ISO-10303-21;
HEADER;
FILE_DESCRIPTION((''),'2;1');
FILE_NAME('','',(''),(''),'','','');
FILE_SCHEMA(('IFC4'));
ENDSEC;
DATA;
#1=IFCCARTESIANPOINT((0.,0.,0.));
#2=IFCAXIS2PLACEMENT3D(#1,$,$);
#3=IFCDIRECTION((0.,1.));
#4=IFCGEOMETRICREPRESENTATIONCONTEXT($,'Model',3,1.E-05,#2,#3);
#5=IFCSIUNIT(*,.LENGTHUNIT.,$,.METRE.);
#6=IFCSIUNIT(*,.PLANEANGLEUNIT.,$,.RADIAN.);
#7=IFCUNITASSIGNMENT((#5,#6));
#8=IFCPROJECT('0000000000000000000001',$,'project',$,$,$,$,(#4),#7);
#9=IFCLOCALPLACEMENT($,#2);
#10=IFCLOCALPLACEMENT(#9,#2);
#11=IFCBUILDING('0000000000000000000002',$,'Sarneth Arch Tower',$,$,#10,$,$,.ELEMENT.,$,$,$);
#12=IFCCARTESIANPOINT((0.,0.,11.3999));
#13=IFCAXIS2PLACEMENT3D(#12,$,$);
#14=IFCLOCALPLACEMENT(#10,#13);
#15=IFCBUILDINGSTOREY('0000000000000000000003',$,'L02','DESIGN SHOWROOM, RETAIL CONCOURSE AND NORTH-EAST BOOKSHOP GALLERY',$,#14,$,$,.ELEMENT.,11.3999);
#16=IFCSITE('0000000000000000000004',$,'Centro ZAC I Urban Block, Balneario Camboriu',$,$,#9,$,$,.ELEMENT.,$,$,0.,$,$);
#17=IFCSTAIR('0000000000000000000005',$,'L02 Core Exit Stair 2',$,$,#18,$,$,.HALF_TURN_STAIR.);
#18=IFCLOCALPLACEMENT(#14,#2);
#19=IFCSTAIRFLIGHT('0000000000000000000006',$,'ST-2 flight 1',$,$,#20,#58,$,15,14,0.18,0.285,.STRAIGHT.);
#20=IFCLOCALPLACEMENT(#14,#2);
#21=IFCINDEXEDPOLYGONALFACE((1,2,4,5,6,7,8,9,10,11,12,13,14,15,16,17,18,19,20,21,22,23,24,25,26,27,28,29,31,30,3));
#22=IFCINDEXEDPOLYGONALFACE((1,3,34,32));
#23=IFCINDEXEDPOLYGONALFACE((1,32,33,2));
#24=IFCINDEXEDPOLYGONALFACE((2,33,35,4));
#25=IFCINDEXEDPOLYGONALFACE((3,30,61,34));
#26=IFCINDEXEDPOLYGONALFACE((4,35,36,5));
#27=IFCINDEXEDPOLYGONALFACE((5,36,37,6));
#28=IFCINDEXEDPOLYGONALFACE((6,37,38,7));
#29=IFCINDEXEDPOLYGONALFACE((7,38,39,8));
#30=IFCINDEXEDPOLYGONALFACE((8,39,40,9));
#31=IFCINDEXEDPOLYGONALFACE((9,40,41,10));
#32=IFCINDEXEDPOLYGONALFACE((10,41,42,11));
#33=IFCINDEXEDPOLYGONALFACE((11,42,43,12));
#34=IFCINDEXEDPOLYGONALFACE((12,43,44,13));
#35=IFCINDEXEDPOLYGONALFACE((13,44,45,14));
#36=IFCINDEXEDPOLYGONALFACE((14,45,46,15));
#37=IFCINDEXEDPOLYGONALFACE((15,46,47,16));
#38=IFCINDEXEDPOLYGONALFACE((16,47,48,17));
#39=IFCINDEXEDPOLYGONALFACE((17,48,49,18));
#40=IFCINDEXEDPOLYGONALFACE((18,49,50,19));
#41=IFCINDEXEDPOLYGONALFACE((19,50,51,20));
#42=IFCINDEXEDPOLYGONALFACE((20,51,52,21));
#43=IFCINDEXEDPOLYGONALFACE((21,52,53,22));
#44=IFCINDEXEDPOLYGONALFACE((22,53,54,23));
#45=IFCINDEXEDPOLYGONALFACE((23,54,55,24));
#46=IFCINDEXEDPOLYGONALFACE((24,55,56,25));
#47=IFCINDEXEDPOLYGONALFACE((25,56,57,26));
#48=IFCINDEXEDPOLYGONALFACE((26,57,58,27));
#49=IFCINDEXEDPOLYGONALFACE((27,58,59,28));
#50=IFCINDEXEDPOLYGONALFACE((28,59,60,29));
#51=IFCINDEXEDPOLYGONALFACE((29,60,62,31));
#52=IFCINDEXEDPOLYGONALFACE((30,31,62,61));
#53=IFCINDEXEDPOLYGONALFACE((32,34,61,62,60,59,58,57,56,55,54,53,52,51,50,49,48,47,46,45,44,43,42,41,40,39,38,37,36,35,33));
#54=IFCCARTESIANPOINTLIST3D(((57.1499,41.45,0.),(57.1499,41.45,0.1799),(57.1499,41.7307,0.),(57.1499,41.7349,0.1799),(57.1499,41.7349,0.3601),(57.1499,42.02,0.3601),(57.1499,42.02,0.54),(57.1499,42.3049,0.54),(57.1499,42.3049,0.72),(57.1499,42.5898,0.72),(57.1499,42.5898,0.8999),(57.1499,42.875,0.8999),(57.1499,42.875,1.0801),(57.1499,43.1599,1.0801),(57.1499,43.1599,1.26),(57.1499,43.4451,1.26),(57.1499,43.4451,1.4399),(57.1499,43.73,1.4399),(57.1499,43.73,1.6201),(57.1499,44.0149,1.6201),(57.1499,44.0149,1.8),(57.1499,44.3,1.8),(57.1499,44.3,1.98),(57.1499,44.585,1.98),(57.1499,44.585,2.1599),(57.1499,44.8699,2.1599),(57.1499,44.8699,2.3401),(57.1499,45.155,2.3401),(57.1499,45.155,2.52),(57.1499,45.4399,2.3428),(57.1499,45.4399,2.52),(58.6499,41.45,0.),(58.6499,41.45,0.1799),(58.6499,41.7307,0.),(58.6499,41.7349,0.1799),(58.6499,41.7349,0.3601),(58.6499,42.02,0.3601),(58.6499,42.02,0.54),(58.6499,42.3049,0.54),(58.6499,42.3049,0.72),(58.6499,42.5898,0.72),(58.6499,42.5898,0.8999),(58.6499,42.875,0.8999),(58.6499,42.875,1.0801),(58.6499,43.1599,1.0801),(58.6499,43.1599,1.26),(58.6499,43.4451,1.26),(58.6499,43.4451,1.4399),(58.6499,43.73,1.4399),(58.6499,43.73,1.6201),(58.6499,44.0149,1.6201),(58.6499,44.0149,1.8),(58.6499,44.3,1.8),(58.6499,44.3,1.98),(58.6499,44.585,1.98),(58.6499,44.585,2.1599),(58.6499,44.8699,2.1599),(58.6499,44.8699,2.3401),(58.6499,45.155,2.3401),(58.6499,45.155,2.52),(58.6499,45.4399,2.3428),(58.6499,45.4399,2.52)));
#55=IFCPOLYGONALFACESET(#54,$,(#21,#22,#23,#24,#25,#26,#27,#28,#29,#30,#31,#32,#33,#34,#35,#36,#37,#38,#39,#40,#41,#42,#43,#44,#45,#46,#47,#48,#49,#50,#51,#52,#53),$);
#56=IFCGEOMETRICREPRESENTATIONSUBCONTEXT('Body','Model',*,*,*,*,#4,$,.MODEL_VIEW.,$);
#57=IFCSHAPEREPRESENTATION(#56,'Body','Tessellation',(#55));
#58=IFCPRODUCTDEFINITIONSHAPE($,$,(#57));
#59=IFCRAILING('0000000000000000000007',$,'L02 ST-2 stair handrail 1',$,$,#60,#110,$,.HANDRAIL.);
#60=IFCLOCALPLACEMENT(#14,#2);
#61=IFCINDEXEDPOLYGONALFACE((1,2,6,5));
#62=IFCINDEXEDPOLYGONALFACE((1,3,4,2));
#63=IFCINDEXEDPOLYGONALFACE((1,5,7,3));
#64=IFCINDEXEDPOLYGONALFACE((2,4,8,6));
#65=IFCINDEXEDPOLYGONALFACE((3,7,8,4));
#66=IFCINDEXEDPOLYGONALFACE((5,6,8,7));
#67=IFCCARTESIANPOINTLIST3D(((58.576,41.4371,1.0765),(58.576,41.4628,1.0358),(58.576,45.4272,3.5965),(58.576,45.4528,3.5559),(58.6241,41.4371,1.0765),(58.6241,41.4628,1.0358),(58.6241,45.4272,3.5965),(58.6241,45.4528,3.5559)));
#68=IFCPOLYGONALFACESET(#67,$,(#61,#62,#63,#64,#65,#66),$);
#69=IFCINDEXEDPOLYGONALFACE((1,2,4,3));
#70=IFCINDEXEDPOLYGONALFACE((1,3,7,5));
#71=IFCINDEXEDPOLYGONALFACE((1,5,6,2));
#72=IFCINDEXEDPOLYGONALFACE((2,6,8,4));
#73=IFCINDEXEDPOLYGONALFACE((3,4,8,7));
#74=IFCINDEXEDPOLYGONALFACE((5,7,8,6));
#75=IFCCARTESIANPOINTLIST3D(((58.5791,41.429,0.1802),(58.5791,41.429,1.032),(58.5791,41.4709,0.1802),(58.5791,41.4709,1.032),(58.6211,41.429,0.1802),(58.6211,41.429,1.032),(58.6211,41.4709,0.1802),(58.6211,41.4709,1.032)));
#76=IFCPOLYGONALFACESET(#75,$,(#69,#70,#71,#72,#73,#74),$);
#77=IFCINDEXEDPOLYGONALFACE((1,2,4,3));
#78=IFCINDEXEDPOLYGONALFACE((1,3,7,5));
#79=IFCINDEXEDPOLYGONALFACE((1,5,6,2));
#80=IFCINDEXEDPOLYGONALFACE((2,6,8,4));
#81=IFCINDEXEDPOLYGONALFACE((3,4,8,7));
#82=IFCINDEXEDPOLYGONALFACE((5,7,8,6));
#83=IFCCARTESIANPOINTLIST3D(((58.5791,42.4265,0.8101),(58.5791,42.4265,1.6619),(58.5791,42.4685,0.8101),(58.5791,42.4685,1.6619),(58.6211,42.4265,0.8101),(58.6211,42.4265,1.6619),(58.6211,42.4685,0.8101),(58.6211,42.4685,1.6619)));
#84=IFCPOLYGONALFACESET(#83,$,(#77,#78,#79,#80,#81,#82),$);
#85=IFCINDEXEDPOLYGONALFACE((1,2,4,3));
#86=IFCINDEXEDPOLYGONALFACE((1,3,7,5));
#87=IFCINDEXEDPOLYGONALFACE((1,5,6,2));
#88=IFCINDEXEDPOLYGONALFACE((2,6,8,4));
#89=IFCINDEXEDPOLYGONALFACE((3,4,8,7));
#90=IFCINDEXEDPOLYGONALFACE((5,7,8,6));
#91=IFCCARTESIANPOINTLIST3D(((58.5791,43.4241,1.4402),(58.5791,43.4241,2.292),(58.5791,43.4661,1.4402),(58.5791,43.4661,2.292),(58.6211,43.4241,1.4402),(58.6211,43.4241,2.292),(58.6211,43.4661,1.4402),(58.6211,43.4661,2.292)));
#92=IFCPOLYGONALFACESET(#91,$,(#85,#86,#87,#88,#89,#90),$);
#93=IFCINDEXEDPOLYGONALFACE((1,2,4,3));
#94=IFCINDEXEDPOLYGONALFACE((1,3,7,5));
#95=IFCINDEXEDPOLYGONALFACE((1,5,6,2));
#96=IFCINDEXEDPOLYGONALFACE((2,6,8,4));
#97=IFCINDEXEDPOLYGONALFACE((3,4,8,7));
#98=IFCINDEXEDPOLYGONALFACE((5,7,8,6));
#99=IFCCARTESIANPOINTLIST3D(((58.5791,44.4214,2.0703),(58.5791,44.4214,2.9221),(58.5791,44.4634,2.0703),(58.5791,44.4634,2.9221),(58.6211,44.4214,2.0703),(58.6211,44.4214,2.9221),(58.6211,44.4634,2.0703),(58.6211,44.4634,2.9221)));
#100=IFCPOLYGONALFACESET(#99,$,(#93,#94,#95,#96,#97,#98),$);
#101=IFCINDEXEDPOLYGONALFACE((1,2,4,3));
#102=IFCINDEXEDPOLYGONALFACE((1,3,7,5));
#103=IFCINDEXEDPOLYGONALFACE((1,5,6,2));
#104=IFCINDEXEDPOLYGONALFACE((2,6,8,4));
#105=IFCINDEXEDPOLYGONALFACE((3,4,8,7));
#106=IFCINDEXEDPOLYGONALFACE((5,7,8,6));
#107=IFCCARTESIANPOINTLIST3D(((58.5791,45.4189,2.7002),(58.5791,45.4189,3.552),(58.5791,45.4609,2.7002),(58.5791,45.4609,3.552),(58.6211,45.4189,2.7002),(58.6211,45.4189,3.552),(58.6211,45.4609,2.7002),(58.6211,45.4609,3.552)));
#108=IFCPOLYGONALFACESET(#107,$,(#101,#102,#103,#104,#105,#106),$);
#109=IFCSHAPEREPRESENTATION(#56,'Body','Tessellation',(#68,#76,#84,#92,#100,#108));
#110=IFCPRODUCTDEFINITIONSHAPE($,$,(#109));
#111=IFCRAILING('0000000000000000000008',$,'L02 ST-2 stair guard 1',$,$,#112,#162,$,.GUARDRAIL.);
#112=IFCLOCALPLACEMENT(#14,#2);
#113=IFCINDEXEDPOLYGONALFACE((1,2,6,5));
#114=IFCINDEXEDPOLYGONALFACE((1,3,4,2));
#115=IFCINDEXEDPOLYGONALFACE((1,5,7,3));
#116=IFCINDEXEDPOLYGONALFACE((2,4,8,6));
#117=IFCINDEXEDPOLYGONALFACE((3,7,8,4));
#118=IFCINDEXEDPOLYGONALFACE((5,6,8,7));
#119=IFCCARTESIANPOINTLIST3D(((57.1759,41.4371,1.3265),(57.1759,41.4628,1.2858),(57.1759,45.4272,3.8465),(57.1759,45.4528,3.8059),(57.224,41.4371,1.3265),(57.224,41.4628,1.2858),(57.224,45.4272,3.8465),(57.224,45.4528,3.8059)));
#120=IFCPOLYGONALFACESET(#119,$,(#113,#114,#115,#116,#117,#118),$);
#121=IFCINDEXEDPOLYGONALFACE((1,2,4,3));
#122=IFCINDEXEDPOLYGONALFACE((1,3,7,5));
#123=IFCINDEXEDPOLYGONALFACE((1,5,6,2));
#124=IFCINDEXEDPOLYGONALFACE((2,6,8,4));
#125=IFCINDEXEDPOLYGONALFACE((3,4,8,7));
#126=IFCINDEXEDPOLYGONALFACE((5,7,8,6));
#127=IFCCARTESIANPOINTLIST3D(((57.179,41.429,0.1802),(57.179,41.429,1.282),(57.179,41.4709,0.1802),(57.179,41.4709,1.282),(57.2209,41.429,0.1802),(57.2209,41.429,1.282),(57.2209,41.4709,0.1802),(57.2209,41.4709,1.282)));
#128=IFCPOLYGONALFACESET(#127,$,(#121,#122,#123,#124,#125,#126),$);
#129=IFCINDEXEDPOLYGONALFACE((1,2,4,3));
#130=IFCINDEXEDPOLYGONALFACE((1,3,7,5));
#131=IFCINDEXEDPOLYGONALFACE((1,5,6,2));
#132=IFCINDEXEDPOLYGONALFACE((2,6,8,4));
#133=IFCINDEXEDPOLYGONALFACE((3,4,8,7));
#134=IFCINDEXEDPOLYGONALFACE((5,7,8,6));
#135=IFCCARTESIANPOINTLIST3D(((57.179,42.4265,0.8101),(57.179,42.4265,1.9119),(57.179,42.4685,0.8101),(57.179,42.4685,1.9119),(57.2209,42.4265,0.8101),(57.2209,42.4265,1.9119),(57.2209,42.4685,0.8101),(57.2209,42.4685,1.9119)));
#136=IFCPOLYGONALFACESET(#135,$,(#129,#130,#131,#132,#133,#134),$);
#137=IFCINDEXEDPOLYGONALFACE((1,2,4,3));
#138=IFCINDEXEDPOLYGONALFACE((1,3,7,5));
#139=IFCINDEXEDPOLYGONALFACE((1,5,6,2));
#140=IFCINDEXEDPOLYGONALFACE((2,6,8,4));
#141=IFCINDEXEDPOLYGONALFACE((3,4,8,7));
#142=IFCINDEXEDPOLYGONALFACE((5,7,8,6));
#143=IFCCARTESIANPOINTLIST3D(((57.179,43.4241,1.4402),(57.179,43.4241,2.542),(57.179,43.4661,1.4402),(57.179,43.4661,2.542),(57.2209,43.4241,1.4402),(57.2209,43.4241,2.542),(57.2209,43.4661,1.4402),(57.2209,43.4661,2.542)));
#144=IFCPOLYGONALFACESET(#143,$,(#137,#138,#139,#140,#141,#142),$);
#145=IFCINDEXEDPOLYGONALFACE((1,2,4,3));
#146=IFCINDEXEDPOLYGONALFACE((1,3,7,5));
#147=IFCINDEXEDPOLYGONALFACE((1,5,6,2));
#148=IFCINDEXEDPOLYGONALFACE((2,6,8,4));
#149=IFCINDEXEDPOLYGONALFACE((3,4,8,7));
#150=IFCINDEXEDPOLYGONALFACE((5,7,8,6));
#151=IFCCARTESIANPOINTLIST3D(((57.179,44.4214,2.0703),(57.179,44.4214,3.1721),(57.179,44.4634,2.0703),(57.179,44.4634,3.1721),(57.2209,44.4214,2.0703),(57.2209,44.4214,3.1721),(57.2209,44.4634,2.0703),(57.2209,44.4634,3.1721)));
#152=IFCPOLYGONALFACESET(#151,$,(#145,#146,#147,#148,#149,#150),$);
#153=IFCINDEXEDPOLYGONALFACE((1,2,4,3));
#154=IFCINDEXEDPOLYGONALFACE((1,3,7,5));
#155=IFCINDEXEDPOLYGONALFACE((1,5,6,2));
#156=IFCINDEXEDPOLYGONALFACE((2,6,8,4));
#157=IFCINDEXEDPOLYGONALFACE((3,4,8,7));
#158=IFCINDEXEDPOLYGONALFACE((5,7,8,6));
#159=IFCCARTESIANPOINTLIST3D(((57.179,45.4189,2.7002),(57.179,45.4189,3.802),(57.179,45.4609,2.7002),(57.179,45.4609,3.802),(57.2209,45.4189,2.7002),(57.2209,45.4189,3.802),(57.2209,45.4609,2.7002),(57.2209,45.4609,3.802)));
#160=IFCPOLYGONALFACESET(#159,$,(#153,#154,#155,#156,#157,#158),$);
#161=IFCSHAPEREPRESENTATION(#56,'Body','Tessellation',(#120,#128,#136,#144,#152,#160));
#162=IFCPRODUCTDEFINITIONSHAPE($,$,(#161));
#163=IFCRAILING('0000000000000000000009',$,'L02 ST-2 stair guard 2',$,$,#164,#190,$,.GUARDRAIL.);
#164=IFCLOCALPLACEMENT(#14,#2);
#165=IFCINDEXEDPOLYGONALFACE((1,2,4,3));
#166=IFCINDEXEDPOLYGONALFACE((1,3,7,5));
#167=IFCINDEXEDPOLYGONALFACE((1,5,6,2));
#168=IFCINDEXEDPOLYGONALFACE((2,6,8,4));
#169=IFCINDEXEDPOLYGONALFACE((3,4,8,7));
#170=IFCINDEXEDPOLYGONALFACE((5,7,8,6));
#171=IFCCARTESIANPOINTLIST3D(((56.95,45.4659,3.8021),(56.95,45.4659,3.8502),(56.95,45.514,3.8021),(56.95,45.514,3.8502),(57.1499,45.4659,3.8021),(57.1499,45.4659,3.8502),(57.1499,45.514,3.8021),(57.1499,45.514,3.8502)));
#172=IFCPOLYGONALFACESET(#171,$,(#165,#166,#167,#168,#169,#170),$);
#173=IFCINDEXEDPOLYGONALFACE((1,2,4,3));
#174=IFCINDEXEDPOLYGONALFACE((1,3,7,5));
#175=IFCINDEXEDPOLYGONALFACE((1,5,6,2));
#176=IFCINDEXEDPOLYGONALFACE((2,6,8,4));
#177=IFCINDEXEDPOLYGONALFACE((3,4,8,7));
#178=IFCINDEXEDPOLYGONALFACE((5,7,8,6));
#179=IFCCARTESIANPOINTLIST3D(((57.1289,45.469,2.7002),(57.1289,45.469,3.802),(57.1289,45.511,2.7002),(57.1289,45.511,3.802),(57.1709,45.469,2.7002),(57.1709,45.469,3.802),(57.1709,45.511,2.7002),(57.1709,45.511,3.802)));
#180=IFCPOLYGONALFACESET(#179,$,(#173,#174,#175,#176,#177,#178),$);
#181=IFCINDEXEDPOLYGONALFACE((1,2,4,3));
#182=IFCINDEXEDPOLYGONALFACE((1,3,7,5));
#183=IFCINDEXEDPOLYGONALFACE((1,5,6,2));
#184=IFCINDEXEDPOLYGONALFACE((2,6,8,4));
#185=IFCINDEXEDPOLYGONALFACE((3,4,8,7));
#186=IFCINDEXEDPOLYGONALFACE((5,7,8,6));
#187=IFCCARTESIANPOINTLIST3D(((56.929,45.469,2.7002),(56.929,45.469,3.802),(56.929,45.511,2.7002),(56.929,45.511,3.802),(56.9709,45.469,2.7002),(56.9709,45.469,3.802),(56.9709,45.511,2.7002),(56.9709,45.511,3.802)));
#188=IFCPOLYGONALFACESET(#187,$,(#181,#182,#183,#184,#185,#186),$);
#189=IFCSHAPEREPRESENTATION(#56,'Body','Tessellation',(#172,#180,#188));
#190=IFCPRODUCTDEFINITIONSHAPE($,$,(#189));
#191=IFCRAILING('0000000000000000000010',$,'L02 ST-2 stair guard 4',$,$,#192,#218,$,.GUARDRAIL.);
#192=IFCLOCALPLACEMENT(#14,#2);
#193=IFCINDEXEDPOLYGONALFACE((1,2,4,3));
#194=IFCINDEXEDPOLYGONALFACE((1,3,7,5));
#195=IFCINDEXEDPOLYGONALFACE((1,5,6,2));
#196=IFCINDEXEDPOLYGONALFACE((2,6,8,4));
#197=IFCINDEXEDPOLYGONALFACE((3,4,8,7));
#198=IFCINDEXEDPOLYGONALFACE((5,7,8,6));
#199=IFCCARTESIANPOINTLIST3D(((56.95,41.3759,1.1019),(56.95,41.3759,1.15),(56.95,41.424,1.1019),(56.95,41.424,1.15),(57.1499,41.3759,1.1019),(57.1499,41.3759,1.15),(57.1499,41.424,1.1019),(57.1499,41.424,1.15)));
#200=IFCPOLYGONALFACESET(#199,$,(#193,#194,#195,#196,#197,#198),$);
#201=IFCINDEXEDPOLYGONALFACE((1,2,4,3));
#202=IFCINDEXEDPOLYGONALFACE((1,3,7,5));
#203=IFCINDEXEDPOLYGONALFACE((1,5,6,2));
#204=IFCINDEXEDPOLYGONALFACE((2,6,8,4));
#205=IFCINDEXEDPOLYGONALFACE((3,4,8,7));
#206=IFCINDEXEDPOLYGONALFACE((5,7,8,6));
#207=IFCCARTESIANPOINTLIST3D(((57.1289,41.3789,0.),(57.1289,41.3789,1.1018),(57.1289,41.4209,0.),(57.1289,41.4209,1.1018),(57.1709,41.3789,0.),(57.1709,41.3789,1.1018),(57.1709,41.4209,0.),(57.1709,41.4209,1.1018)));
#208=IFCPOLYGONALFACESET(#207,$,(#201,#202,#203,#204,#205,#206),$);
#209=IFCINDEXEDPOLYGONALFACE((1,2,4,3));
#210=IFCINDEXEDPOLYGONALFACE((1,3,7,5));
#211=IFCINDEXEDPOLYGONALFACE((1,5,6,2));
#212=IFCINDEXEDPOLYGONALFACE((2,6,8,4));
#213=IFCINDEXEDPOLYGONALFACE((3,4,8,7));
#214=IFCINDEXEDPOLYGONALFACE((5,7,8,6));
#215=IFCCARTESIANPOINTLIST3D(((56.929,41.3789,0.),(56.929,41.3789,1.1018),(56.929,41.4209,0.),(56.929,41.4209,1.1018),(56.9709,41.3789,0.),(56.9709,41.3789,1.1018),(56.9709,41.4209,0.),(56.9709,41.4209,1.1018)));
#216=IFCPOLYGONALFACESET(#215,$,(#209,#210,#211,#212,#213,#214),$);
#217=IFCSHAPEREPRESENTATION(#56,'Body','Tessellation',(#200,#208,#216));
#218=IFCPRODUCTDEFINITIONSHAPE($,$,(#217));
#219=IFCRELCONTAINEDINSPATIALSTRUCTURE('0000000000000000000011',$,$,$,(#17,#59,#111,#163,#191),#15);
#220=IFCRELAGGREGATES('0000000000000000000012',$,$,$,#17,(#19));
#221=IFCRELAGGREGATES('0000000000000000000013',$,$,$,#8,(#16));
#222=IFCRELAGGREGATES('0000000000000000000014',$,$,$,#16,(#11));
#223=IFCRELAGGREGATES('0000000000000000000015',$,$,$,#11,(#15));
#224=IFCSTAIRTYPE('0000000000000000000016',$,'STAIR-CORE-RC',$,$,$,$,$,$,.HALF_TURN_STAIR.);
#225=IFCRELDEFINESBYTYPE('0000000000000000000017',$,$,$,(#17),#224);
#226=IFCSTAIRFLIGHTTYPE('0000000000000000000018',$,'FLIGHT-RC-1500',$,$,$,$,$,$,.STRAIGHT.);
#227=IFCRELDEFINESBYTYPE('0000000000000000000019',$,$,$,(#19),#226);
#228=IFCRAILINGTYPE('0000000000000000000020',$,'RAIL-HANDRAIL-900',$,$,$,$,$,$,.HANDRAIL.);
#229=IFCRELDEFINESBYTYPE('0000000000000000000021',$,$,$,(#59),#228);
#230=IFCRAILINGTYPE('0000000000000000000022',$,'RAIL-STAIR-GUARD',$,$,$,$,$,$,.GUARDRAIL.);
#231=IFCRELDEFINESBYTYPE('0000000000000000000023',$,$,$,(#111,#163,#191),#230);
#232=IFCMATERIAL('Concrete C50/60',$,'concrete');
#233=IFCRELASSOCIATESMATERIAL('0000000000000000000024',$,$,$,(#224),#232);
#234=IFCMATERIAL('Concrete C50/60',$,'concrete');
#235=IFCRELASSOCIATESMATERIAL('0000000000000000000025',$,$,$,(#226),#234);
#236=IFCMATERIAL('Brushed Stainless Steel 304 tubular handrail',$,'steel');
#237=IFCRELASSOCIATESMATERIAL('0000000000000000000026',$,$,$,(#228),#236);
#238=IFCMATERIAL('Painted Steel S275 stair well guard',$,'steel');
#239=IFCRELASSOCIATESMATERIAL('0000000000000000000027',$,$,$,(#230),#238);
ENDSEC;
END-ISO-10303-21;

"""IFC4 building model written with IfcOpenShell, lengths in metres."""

from ifc_helpers import new_model, si_unit, direction, frame, origin, origin_2d, place, context, subcontext, project, spatial, polyline, rectangle, outline, extrude, material, type_object, element, aggregate, save


model = new_model("IFC4")

# Units and contexts
model_context = context("Model", 3, precision=1e-05, world=origin(), true_north=direction((0.0, 1.0)))
body_context = subcontext(model_context, "Body", "Model", "MODEL_VIEW")
ifc_project = project(units=[si_unit("LENGTHUNIT", "METRE"), si_unit("PLANEANGLEUNIT", "RADIAN")], contexts=[model_context])

# Site, building, storey
site_placement = place(None, origin())
site = spatial("IfcSite", under=ifc_project, at=site_placement, Name="Centro ZAC I Urban Block, Balneario Camboriu", CompositionType="ELEMENT", RefElevation=0.0)
building_placement = place(site_placement, origin())
building = spatial("IfcBuilding", under=site, at=building_placement, Name="Sarneth Arch Tower", CompositionType="ELEMENT")
storey_placement = place(building_placement, frame((0.0, 0.0, 11.3999)))
storey = spatial("IfcBuildingStorey", under=building, at=storey_placement, Name="L02", Description="DESIGN SHOWROOM, RETAIL CONCOURSE AND NORTH-EAST BOOKSHOP GALLERY", CompositionType="ELEMENT", Elevation=11.3999)

# Stair, stair flight
ifc_material_1 = material(Name="Concrete C50/60", Category="concrete")
stair_type = type_object("IfcStairType", Name="STAIR-CORE-RC", PredefinedType="HALF_TURN_STAIR", material=ifc_material_1)
stair_placement = place(storey_placement, origin())
stair = element("IfcStair", 1, at=stair_placement, inside=storey, type_object=stair_type, Name="L02 Core Exit Stair 2", PredefinedType="HALF_TURN_STAIR")
ifc_material_2 = material(Name="Concrete C50/60", Category="concrete")
stair_flight_type = type_object("IfcStairFlightType", Name="FLIGHT-RC-1500", PredefinedType="STRAIGHT", material=ifc_material_2)
stair_flight_placement = place(storey_placement, frame((57.8999, 41.45, 0.0), z_axis=(0.0, 0.0, 1.0), x_axis=(0.0, 1.0, 0.0)))
stair_flight = element("IfcStairFlight", 2, at=stair_flight_placement, type_object=stair_flight_type, Name="ST-2 flight 1", NumberOfRisers=15, NumberOfTreads=14, PredefinedType="STRAIGHT", RiserHeight=0.18, TreadLength=0.285, context=body_context, shape_type="SweptSolid", body=[
    extrude(outline(polyline([(0.0, 0.0), (0.0, 0.1799), (0.2849, 0.1799), (0.2849, 0.3601), (0.5701, 0.3601), (0.5701, 0.54), (0.855, 0.54), (0.855, 0.72), (1.1399, 0.72), (1.1399, 0.8999), (1.425, 0.8999), (1.425, 1.0801), (1.71, 1.0801), (1.71, 1.26), (1.9951, 1.26), (1.9951, 1.4399), (2.28, 1.4399), (2.28, 1.6201), (2.5649, 1.6201), (2.5649, 1.8), (2.8501, 1.8), (2.8501, 1.98), (3.135, 1.98), (3.135, 2.1599), (3.4199, 2.1599), (3.4199, 2.3401), (3.7051, 2.3401), (3.7051, 2.52), (3.99, 2.52), (3.99, 2.7), (3.99, 2.3428), (0.2808, 0.0), (0.0, 0.0)])), frame((0.0, 0.75, 0.0), z_axis=(0.0, -1.0, 0.0), x_axis=(1.0, 0.0, 0.0)), (0.0, 0.0, 1.0), 1.5),
])
aggregate(stair, [stair_flight])

# Railings
ifc_material_3 = material(Name="Brushed Stainless Steel 304 tubular handrail", Category="steel")
railing_type_1 = type_object("IfcRailingType", Name="RAIL-HANDRAIL-900", PredefinedType="HANDRAIL", material=ifc_material_3)
railing_1_placement = place(storey_placement, frame((58.6001, 41.45, 0.1802)))
element("IfcRailing", 3, at=railing_1_placement, inside=storey, type_object=railing_type_1, Name="L02 ST-2 stair handrail 1", PredefinedType="HANDRAIL", context=body_context, shape_type="SweptSolid", body=[
    extrude(rectangle(XDim=0.0481, YDim=0.0481, at=origin_2d()), frame((0.0, 0.0, 0.876), z_axis=(0.0, 0.845486, 0.533997), x_axis=(-1.0, 0.0, 0.0)), (0.0, 0.0, 1.0), 4.7192),
    extrude(rectangle(XDim=0.042, YDim=0.042, at=origin_2d()), origin(), (0.0, 0.0, 1.0), 0.8518),
    extrude(rectangle(XDim=0.042, YDim=0.042, at=origin_2d()), frame((0.0, 0.9976, 0.6299)), (0.0, 0.0, 1.0), 0.8518),
    extrude(rectangle(XDim=0.042, YDim=0.042, at=origin_2d()), frame((0.0, 1.9951, 1.26)), (0.0, 0.0, 1.0), 0.8518),
    extrude(rectangle(XDim=0.042, YDim=0.042, at=origin_2d()), frame((0.0, 2.9924, 1.8901)), (0.0, 0.0, 1.0), 0.8518),
    extrude(rectangle(XDim=0.042, YDim=0.042, at=origin_2d()), frame((0.0, 3.99, 2.52)), (0.0, 0.0, 1.0), 0.8518),
])
ifc_material_4 = material(Name="Painted Steel S275 stair well guard", Category="steel")
railing_type_2 = type_object("IfcRailingType", Name="RAIL-STAIR-GUARD", PredefinedType="GUARDRAIL", material=ifc_material_4)
railing_2_placement = place(storey_placement, frame((57.2, 41.45, 0.1802)))
element("IfcRailing", 4, at=railing_2_placement, inside=storey, type_object=railing_type_2, Name="L02 ST-2 stair guard 1", PredefinedType="GUARDRAIL", context=body_context, shape_type="SweptSolid", body=[
    extrude(rectangle(XDim=0.0481, YDim=0.0481, at=origin_2d()), frame((0.0, 0.0, 1.126), z_axis=(0.0, 0.845486, 0.533997), x_axis=(-1.0, 0.0, 0.0)), (0.0, 0.0, 1.0), 4.7192),
    extrude(rectangle(XDim=0.042, YDim=0.042, at=origin_2d()), origin(), (0.0, 0.0, 1.0), 1.1018),
    extrude(rectangle(XDim=0.042, YDim=0.042, at=origin_2d()), frame((0.0, 0.9976, 0.6299)), (0.0, 0.0, 1.0), 1.1018),
    extrude(rectangle(XDim=0.042, YDim=0.042, at=origin_2d()), frame((0.0, 1.9951, 1.26)), (0.0, 0.0, 1.0), 1.1018),
    extrude(rectangle(XDim=0.042, YDim=0.042, at=origin_2d()), frame((0.0, 2.9924, 1.8901)), (0.0, 0.0, 1.0), 1.1018),
    extrude(rectangle(XDim=0.042, YDim=0.042, at=origin_2d()), frame((0.0, 3.99, 2.52)), (0.0, 0.0, 1.0), 1.1018),
])
for number, where, name in (
    (5, (57.1499, 45.49, 2.7002), "L02 ST-2 stair guard 2"),
    (6, (57.1499, 41.3999, 0.0), "L02 ST-2 stair guard 4"),
):
    element("IfcRailing", number, at=place(storey_placement, frame(where)), inside=storey, type_object=railing_type_2, Name=name, PredefinedType="GUARDRAIL", context=body_context, shape_type="SweptSolid", body=[
        extrude(rectangle(XDim=0.0481, YDim=0.0481, at=origin_2d()), frame((0.0, 0.0, 1.126), z_axis=(-1.0, 0.0, 0.0), x_axis=(0.0, -1.0, 0.0)), (0.0, 0.0, 1.0), 0.2),
        extrude(rectangle(XDim=0.042, YDim=0.042, at=origin_2d()), origin(), (0.0, 0.0, 1.0), 1.1018),
        extrude(rectangle(XDim=0.042, YDim=0.042, at=origin_2d()), frame((-0.2, 0.0, 0.0)), (0.0, 0.0, 1.0), 1.1018),
    ])

save(model, "model.ifc")
